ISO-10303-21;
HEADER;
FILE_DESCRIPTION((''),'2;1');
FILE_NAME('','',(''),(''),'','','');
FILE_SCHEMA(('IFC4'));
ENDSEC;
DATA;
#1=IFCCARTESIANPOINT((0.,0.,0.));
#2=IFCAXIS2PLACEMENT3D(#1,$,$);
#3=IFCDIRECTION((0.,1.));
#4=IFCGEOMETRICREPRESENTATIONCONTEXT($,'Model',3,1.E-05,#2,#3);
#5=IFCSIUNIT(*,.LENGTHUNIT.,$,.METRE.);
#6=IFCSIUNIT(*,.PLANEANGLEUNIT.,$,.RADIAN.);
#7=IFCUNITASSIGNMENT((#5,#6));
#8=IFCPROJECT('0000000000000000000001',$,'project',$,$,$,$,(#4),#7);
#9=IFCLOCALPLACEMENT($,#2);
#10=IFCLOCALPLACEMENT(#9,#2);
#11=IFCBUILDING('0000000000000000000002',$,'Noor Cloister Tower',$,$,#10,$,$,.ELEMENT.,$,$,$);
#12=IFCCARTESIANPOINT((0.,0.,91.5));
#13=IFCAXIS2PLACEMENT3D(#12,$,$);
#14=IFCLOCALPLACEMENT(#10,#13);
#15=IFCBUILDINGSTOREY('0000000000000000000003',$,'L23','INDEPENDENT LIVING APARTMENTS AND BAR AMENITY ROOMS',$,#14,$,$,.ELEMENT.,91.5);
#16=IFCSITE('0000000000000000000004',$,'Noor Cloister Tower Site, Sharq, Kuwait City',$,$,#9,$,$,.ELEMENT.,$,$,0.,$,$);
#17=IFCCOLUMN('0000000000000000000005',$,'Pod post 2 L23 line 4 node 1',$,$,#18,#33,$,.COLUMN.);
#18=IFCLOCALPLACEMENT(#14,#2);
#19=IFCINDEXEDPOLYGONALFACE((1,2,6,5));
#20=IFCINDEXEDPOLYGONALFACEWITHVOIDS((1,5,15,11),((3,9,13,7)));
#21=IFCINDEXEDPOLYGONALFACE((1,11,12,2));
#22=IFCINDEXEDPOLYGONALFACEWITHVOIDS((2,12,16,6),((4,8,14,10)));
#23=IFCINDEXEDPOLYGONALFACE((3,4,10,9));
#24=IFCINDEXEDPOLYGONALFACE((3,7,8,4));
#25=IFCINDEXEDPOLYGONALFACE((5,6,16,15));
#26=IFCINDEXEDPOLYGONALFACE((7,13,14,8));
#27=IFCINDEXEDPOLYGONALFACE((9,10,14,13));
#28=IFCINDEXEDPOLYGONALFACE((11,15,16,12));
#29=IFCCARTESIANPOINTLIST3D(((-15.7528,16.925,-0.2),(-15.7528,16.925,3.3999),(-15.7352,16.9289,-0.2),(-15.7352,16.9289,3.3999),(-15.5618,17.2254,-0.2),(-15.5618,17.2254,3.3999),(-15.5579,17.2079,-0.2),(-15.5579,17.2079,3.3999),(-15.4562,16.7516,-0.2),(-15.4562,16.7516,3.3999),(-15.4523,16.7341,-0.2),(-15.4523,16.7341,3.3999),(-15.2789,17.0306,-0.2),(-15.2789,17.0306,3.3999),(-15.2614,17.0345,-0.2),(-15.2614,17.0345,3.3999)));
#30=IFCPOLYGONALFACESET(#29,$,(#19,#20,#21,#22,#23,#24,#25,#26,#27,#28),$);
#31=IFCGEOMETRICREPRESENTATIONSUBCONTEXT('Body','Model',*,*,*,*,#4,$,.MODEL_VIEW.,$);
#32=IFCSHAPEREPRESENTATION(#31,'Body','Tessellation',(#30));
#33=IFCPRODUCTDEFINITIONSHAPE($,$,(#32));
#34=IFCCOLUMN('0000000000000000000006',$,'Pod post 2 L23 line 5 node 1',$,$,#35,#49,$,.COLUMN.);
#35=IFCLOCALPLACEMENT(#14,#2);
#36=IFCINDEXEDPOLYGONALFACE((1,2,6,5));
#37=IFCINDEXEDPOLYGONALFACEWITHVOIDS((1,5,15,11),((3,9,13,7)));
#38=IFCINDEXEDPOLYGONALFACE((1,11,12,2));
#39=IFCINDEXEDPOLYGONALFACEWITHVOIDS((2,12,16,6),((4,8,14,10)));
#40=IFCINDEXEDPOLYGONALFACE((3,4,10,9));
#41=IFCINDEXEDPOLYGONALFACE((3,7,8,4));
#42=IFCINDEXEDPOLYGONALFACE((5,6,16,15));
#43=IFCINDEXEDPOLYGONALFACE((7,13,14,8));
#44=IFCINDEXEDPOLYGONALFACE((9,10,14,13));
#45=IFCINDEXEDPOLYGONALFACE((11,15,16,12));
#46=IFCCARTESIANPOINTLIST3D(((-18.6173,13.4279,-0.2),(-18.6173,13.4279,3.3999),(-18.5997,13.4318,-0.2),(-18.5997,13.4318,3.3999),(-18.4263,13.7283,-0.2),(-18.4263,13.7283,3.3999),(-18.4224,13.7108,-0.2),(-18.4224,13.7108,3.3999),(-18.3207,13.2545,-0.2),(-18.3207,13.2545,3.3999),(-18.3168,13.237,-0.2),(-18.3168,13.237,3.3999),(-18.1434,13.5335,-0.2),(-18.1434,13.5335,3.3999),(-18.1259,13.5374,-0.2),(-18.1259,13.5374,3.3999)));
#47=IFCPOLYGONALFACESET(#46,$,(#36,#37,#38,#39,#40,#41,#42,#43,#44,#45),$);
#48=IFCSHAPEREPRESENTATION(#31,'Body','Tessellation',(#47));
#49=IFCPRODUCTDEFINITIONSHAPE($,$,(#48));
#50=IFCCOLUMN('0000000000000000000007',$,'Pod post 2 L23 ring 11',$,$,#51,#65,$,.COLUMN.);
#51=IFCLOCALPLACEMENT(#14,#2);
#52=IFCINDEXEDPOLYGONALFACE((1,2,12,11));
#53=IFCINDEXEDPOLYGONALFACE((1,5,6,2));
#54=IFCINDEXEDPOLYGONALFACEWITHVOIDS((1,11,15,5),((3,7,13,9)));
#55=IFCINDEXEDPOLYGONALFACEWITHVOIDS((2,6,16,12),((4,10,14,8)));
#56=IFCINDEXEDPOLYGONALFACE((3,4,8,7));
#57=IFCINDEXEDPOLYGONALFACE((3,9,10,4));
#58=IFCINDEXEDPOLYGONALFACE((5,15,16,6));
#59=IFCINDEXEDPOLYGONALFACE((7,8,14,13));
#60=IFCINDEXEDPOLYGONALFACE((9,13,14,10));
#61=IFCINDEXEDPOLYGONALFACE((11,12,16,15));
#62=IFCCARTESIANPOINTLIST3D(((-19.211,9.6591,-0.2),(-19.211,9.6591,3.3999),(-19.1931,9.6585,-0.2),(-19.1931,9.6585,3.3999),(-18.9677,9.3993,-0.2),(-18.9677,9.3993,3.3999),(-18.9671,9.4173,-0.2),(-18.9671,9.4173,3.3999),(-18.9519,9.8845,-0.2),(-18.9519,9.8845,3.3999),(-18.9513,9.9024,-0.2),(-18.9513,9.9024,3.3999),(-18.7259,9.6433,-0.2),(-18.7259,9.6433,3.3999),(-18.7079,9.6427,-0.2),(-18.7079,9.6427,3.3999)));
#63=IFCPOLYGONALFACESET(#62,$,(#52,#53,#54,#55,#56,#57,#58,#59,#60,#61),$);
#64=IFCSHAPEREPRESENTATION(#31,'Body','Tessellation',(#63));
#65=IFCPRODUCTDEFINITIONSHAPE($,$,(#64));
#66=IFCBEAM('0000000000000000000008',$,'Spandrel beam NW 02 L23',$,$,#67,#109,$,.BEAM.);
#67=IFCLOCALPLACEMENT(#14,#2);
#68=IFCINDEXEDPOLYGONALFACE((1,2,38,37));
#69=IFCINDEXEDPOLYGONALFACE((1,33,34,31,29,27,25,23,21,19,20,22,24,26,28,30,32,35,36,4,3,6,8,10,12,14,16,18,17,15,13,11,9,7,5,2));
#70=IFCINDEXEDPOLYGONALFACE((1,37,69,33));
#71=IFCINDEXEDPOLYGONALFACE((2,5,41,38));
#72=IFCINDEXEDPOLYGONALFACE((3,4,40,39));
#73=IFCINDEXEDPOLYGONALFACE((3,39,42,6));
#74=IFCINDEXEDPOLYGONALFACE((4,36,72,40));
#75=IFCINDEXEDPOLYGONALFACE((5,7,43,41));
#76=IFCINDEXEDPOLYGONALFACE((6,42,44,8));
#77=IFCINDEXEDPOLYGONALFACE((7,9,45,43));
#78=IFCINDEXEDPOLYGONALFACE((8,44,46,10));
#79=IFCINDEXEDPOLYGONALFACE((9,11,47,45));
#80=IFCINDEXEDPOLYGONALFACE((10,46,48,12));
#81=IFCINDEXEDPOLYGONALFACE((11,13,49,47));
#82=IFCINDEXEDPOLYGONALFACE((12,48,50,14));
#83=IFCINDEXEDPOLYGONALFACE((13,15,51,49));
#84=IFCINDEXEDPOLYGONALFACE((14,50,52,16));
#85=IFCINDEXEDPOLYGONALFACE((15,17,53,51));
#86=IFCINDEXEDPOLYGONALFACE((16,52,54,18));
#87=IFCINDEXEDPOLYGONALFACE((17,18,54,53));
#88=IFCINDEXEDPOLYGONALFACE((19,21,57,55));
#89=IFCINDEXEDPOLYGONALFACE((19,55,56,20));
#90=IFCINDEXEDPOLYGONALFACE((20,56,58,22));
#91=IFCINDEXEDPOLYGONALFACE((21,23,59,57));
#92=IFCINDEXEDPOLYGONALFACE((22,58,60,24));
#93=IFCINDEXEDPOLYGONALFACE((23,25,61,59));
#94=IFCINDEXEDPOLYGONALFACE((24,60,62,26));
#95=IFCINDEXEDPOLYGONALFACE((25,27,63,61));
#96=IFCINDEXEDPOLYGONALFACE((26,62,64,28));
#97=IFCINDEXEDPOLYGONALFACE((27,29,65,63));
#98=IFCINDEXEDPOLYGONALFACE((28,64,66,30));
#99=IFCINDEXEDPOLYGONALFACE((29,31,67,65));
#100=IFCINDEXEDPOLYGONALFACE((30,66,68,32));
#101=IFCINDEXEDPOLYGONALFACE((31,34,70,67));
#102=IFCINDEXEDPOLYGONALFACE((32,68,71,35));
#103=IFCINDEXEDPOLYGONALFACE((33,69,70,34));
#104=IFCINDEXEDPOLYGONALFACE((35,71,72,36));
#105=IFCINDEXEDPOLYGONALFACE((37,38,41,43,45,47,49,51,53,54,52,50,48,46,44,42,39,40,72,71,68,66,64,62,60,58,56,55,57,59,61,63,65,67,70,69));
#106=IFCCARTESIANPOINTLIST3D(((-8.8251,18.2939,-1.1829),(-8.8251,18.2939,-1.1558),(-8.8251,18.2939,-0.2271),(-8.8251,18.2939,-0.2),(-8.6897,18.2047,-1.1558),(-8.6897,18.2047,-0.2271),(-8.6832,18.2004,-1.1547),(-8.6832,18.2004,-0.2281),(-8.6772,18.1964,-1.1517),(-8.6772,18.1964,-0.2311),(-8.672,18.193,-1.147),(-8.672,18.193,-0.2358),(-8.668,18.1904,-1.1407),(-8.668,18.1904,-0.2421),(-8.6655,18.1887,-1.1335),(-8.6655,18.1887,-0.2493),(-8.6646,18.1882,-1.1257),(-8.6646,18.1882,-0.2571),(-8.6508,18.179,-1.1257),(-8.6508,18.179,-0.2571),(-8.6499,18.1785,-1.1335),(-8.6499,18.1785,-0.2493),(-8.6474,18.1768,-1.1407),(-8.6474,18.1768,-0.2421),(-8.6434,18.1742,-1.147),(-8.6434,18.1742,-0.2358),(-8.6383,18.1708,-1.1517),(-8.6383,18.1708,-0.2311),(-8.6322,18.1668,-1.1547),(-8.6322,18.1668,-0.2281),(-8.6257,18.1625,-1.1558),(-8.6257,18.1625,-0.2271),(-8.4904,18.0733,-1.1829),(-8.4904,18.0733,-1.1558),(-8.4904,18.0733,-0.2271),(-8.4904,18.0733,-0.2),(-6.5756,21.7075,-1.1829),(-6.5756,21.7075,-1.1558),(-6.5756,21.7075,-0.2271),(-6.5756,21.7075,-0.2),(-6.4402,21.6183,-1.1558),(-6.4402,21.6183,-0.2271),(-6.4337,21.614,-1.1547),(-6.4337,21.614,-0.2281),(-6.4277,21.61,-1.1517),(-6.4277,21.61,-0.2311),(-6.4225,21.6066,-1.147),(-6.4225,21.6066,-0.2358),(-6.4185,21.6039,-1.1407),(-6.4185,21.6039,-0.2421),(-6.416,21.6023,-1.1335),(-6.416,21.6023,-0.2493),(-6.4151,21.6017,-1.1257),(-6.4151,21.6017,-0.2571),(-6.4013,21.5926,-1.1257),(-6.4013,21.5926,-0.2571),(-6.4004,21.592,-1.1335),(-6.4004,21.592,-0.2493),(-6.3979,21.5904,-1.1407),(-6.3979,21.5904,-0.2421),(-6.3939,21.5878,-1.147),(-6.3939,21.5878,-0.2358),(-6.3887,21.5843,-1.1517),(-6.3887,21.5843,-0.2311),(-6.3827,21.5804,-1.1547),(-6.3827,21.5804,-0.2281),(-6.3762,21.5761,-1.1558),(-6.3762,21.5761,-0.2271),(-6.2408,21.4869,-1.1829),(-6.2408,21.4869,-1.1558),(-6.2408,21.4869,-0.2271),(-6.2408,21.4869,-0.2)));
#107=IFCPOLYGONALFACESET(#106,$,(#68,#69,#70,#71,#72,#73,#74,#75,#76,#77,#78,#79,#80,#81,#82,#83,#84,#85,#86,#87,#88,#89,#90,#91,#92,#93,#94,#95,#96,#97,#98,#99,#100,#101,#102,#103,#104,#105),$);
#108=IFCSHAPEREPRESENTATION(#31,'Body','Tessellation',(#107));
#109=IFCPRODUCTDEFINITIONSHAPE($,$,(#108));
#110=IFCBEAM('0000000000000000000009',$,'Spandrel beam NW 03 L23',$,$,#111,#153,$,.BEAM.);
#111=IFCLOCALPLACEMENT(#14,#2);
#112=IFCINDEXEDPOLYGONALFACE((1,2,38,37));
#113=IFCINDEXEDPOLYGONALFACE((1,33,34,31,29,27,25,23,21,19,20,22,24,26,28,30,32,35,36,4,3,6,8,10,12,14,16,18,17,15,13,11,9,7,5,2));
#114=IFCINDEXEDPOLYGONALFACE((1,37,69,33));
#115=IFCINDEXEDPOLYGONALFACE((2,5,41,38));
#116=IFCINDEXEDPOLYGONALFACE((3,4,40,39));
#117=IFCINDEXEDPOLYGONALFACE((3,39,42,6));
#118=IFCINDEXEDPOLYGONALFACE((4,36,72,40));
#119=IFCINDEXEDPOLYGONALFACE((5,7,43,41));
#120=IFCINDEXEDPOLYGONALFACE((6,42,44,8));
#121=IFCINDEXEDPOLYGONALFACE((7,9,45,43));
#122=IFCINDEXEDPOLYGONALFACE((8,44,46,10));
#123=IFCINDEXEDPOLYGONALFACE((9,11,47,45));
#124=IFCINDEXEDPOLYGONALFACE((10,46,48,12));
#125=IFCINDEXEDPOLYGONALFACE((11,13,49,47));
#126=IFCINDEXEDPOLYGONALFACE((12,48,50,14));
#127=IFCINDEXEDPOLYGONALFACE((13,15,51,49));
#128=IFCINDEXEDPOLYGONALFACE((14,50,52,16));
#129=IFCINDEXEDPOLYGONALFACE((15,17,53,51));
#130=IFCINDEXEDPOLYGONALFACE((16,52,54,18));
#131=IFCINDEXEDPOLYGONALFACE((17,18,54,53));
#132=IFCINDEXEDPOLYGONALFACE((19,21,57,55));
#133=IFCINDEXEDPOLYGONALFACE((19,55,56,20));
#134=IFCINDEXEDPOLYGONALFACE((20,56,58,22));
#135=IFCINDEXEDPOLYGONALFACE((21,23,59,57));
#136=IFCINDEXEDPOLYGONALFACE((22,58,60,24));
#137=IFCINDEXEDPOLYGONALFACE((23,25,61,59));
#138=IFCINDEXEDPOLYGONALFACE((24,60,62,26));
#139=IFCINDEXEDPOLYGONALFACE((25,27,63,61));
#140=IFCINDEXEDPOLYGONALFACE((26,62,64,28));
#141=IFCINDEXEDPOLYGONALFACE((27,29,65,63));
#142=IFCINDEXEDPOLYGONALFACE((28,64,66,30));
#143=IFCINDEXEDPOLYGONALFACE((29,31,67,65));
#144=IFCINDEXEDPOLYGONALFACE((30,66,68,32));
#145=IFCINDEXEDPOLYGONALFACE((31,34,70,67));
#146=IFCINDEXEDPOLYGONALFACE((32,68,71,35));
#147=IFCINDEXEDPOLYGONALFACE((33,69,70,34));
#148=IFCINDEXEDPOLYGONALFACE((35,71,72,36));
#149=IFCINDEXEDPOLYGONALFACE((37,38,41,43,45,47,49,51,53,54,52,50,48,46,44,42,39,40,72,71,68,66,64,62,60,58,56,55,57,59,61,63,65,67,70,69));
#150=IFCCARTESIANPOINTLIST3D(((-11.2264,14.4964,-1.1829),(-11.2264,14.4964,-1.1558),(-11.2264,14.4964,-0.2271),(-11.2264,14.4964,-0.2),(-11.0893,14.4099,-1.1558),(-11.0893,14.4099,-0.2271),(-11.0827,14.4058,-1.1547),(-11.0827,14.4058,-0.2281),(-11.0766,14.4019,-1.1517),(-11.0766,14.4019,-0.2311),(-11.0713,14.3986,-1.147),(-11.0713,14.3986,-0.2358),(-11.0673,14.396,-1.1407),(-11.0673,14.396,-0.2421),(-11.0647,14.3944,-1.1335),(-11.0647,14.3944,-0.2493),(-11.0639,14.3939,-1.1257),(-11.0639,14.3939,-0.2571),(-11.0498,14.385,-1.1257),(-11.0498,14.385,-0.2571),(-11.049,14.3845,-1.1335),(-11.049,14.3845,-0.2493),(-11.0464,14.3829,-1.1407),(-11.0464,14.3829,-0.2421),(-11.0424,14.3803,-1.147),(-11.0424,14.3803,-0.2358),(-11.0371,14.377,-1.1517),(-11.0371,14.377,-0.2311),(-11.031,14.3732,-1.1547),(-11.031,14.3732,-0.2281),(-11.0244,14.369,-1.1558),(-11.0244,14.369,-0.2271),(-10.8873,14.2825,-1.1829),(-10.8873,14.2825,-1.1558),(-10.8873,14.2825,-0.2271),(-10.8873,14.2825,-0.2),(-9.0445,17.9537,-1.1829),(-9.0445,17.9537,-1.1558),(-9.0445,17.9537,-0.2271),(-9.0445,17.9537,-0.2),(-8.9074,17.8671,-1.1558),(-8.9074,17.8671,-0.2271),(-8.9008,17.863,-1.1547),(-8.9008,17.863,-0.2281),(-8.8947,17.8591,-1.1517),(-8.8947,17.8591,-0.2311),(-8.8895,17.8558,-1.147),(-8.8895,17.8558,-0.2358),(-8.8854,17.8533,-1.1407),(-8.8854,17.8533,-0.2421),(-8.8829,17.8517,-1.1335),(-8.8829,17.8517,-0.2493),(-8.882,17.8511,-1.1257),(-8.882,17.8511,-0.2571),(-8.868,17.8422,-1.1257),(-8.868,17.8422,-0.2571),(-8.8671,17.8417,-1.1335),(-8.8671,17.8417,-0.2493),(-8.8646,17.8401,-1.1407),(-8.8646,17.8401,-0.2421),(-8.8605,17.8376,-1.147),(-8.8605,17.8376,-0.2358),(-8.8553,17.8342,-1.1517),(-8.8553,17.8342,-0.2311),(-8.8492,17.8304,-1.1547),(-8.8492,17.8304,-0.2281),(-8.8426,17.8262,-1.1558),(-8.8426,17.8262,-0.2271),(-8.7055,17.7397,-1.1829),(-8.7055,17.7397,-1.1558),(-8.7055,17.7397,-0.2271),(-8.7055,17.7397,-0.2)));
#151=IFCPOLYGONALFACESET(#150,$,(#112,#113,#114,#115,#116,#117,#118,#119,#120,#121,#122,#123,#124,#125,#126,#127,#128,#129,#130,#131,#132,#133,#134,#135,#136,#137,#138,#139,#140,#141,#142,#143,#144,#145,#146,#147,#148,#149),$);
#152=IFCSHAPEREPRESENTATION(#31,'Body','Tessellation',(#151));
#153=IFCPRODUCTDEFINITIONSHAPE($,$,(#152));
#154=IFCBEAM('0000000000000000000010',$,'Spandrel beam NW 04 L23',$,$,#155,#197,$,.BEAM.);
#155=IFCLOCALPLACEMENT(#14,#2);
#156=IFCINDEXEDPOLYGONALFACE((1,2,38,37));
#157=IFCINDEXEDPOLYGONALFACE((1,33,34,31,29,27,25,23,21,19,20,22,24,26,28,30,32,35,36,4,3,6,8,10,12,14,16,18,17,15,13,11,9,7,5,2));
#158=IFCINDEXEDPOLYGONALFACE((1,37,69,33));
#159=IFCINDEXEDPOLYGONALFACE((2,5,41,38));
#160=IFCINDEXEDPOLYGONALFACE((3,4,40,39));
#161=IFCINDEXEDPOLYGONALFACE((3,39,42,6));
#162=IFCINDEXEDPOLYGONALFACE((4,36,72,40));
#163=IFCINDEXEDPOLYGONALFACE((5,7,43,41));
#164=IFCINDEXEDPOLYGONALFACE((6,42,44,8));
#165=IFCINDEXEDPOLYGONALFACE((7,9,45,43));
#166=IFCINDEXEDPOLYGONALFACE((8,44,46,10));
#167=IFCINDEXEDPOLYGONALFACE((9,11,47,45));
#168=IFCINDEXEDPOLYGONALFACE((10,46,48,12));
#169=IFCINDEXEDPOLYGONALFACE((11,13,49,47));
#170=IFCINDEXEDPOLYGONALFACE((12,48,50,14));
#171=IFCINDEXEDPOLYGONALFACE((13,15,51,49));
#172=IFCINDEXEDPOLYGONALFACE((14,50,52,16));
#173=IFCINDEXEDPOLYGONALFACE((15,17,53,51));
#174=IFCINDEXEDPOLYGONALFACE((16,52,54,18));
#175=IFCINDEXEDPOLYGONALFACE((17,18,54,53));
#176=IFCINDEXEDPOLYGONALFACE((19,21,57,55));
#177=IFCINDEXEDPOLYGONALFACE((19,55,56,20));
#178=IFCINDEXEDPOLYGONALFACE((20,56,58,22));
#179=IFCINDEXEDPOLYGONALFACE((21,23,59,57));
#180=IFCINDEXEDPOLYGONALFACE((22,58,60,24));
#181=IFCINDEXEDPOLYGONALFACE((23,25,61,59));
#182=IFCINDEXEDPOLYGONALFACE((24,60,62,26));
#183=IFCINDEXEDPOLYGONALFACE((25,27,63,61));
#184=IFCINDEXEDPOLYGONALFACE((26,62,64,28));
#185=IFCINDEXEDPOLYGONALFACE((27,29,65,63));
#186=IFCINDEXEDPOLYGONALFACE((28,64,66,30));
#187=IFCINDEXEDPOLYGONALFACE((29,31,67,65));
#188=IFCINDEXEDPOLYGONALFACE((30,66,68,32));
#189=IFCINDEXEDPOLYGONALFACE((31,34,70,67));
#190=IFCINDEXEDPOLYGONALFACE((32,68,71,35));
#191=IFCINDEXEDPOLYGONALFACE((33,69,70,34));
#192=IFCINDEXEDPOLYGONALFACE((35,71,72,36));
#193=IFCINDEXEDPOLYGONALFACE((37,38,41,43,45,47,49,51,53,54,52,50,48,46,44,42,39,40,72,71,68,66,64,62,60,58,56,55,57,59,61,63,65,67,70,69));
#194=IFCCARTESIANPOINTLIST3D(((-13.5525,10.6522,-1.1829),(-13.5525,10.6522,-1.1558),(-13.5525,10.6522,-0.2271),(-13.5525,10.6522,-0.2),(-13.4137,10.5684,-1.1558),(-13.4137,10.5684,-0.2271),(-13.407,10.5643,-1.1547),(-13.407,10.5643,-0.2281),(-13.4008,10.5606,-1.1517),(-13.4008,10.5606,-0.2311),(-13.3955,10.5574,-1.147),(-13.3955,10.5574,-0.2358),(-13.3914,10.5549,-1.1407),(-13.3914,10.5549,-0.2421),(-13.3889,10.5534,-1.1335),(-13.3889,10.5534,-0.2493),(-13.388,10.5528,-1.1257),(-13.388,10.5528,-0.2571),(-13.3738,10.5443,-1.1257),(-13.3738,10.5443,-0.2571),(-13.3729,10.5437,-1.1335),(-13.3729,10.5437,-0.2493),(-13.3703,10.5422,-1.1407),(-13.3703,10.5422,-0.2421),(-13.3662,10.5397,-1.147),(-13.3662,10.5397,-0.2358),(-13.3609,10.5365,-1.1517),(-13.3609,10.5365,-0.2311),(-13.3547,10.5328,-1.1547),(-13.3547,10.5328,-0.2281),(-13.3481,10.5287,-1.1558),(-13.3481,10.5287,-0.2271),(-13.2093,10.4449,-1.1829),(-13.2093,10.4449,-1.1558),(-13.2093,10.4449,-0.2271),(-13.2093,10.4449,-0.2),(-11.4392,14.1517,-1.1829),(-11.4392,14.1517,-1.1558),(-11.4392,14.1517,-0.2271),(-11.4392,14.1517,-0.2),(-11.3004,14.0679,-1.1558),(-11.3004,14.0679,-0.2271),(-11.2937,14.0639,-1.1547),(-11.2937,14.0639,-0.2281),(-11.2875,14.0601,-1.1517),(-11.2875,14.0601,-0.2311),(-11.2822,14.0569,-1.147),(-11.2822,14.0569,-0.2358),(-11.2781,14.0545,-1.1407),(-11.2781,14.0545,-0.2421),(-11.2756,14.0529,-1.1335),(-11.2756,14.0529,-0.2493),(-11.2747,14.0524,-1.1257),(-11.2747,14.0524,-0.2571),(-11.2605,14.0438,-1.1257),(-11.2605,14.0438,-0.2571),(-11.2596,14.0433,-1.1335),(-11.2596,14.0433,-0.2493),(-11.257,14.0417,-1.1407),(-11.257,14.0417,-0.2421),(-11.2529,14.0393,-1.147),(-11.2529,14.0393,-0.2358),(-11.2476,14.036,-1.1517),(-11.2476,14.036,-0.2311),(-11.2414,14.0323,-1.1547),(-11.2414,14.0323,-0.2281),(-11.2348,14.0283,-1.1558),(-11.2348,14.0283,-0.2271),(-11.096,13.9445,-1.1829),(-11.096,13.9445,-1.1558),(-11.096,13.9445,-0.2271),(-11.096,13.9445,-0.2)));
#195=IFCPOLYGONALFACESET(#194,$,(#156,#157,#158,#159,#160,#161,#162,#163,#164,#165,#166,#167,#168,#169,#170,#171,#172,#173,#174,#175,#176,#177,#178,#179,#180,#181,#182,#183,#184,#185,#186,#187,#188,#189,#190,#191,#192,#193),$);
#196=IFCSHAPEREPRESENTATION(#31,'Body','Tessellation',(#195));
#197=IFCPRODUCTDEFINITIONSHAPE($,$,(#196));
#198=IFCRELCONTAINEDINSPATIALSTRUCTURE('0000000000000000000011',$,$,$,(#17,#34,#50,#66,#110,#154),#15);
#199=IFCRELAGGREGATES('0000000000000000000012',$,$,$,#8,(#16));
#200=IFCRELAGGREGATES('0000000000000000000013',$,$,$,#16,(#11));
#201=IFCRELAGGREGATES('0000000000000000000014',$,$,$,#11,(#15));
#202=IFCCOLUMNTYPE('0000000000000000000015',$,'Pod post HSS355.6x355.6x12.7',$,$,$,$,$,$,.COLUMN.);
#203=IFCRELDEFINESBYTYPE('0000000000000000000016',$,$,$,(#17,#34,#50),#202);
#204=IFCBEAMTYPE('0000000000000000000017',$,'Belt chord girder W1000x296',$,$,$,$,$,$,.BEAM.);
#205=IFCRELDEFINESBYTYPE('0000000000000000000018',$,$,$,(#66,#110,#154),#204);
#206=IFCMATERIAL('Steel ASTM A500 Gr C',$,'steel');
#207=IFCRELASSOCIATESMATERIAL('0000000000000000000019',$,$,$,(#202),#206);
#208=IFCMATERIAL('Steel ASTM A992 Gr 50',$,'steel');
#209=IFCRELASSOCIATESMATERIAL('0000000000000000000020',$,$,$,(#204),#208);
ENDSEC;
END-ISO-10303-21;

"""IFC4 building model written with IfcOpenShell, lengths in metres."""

from ifc_helpers import new_model, si_unit, direction, frame, origin, origin_2d, place, context, subcontext, project, spatial, hollow_rectangle, i_section, extrude, material, material_profile, profile_set, type_object, element, save


model = new_model("IFC4")

# Units and contexts
model_context = context("Model", 3, precision=1e-05, world=origin(), true_north=direction((0.0, 1.0)))
body_context = subcontext(model_context, "Body", "Model", "MODEL_VIEW")
ifc_project = project(units=[si_unit("LENGTHUNIT", "METRE"), si_unit("PLANEANGLEUNIT", "RADIAN")], contexts=[model_context])

# Site, building, storey
site_placement = place(None, origin())
site = spatial("IfcSite", under=ifc_project, at=site_placement, Name="Noor Cloister Tower Site, Sharq, Kuwait City", CompositionType="ELEMENT", RefElevation=0.0)
building_placement = place(site_placement, origin())
building = spatial("IfcBuilding", under=site, at=building_placement, Name="Noor Cloister Tower", CompositionType="ELEMENT")
storey_placement = place(building_placement, frame((0.0, 0.0, 91.5)))
storey = spatial("IfcBuildingStorey", under=building, at=storey_placement, Name="L23", Description="INDEPENDENT LIVING APARTMENTS AND BAR AMENITY ROOMS", CompositionType="ELEMENT", Elevation=91.5)

# Columns
ifc_material_1 = material(Name="Steel ASTM A500 Gr C", Category="steel")
ifc_material_profile_1 = material_profile(ifc_material_1, hollow_rectangle(XDim=0.356, YDim=0.356, WallThickness=0.0127, at=origin_2d()), Name="HSS355.6x355.6x12.7")
ifc_profile_set_1 = profile_set([ifc_material_profile_1], Name="Steel ASTM A500 Gr C")
column_type_1 = type_object("IfcColumnType", Name="Pod post HSS355.6x355.6x12.7", PredefinedType="COLUMN", material=ifc_profile_set_1)
for number, where, z_axis, x_axis, name in (
    (1, (-15.5071, 16.9797, -0.2), (0.0, 0.0, 1.0), (-0.843996, 0.53635, 0.0), "Pod post 2 L23 line 4 node 1"),
    (2, (-18.3716, 13.4827, -0.2), (0.0, 0.0, 1.0), (-0.843996, 0.53635, 0.0), "Pod post 2 L23 line 5 node 1"),
    (3, (-18.9595, 9.6509, -0.2), (0.0, 0.0, 1.0), (0.683681, -0.729781, 0.0), "Pod post 2 L23 ring 11"),
):
    element("IfcColumn", number, at=place(storey_placement, frame(where, z_axis=z_axis, x_axis=x_axis)), inside=storey, type_object=column_type_1, Name=name, PredefinedType="COLUMN", context=body_context, shape_type="SweptSolid", body=[
        extrude(hollow_rectangle(XDim=0.356, YDim=0.356, WallThickness=0.0127, at=origin_2d()), origin(), (0.0, 0.0, 1.0), 3.5999),
    ])

# Beams
ifc_material_2 = material(Name="Steel ASTM A992 Gr 50", Category="steel")
ifc_material_profile_2 = material_profile(ifc_material_2, i_section(OverallWidth=0.4009, OverallDepth=0.9829, WebThickness=0.0166, FlangeThickness=0.0271, FilletRadius=0.03, at=origin_2d()), Name="W1000x296")
ifc_profile_set_2 = profile_set([ifc_material_profile_2], Name="Steel ASTM A992 Gr 50")
beam_type = type_object("IfcBeamType", Name="Belt chord girder W1000x296", PredefinedType="BEAM", material=ifc_profile_set_2)
for number, where, z_axis, x_axis, name in (
    (4, (-6.4082, 21.5972, -0.6914), (-0.550255, -0.834997, 0.0), (0.834997, -0.550255, 0.0), "Spandrel beam NW 02 L23"),
    (5, (-8.875, 17.8467, -0.6914), (-0.533703, -0.845672, 0.0), (0.845672, -0.533703, 0.0), "Spandrel beam NW 03 L23"),
    (6, (-11.2676, 14.0481, -0.6914), (-0.516935, -0.856025, 0.0), (0.856025, -0.516935, 0.0), "Spandrel beam NW 04 L23"),
):
    element("IfcBeam", number, at=place(storey_placement, frame(where, z_axis=z_axis, x_axis=x_axis)), inside=storey, type_object=beam_type, Name=name, PredefinedType="BEAM", context=body_context, shape_type="SweptSolid", body=[
        extrude(i_section(OverallWidth=0.4009, OverallDepth=0.9829, WebThickness=0.0166, FlangeThickness=0.0271, FilletRadius=0.03, at=origin_2d()), origin(), (0.0, 0.0, 1.0), 4.0881),
    ])

save(model, "model.ifc")
